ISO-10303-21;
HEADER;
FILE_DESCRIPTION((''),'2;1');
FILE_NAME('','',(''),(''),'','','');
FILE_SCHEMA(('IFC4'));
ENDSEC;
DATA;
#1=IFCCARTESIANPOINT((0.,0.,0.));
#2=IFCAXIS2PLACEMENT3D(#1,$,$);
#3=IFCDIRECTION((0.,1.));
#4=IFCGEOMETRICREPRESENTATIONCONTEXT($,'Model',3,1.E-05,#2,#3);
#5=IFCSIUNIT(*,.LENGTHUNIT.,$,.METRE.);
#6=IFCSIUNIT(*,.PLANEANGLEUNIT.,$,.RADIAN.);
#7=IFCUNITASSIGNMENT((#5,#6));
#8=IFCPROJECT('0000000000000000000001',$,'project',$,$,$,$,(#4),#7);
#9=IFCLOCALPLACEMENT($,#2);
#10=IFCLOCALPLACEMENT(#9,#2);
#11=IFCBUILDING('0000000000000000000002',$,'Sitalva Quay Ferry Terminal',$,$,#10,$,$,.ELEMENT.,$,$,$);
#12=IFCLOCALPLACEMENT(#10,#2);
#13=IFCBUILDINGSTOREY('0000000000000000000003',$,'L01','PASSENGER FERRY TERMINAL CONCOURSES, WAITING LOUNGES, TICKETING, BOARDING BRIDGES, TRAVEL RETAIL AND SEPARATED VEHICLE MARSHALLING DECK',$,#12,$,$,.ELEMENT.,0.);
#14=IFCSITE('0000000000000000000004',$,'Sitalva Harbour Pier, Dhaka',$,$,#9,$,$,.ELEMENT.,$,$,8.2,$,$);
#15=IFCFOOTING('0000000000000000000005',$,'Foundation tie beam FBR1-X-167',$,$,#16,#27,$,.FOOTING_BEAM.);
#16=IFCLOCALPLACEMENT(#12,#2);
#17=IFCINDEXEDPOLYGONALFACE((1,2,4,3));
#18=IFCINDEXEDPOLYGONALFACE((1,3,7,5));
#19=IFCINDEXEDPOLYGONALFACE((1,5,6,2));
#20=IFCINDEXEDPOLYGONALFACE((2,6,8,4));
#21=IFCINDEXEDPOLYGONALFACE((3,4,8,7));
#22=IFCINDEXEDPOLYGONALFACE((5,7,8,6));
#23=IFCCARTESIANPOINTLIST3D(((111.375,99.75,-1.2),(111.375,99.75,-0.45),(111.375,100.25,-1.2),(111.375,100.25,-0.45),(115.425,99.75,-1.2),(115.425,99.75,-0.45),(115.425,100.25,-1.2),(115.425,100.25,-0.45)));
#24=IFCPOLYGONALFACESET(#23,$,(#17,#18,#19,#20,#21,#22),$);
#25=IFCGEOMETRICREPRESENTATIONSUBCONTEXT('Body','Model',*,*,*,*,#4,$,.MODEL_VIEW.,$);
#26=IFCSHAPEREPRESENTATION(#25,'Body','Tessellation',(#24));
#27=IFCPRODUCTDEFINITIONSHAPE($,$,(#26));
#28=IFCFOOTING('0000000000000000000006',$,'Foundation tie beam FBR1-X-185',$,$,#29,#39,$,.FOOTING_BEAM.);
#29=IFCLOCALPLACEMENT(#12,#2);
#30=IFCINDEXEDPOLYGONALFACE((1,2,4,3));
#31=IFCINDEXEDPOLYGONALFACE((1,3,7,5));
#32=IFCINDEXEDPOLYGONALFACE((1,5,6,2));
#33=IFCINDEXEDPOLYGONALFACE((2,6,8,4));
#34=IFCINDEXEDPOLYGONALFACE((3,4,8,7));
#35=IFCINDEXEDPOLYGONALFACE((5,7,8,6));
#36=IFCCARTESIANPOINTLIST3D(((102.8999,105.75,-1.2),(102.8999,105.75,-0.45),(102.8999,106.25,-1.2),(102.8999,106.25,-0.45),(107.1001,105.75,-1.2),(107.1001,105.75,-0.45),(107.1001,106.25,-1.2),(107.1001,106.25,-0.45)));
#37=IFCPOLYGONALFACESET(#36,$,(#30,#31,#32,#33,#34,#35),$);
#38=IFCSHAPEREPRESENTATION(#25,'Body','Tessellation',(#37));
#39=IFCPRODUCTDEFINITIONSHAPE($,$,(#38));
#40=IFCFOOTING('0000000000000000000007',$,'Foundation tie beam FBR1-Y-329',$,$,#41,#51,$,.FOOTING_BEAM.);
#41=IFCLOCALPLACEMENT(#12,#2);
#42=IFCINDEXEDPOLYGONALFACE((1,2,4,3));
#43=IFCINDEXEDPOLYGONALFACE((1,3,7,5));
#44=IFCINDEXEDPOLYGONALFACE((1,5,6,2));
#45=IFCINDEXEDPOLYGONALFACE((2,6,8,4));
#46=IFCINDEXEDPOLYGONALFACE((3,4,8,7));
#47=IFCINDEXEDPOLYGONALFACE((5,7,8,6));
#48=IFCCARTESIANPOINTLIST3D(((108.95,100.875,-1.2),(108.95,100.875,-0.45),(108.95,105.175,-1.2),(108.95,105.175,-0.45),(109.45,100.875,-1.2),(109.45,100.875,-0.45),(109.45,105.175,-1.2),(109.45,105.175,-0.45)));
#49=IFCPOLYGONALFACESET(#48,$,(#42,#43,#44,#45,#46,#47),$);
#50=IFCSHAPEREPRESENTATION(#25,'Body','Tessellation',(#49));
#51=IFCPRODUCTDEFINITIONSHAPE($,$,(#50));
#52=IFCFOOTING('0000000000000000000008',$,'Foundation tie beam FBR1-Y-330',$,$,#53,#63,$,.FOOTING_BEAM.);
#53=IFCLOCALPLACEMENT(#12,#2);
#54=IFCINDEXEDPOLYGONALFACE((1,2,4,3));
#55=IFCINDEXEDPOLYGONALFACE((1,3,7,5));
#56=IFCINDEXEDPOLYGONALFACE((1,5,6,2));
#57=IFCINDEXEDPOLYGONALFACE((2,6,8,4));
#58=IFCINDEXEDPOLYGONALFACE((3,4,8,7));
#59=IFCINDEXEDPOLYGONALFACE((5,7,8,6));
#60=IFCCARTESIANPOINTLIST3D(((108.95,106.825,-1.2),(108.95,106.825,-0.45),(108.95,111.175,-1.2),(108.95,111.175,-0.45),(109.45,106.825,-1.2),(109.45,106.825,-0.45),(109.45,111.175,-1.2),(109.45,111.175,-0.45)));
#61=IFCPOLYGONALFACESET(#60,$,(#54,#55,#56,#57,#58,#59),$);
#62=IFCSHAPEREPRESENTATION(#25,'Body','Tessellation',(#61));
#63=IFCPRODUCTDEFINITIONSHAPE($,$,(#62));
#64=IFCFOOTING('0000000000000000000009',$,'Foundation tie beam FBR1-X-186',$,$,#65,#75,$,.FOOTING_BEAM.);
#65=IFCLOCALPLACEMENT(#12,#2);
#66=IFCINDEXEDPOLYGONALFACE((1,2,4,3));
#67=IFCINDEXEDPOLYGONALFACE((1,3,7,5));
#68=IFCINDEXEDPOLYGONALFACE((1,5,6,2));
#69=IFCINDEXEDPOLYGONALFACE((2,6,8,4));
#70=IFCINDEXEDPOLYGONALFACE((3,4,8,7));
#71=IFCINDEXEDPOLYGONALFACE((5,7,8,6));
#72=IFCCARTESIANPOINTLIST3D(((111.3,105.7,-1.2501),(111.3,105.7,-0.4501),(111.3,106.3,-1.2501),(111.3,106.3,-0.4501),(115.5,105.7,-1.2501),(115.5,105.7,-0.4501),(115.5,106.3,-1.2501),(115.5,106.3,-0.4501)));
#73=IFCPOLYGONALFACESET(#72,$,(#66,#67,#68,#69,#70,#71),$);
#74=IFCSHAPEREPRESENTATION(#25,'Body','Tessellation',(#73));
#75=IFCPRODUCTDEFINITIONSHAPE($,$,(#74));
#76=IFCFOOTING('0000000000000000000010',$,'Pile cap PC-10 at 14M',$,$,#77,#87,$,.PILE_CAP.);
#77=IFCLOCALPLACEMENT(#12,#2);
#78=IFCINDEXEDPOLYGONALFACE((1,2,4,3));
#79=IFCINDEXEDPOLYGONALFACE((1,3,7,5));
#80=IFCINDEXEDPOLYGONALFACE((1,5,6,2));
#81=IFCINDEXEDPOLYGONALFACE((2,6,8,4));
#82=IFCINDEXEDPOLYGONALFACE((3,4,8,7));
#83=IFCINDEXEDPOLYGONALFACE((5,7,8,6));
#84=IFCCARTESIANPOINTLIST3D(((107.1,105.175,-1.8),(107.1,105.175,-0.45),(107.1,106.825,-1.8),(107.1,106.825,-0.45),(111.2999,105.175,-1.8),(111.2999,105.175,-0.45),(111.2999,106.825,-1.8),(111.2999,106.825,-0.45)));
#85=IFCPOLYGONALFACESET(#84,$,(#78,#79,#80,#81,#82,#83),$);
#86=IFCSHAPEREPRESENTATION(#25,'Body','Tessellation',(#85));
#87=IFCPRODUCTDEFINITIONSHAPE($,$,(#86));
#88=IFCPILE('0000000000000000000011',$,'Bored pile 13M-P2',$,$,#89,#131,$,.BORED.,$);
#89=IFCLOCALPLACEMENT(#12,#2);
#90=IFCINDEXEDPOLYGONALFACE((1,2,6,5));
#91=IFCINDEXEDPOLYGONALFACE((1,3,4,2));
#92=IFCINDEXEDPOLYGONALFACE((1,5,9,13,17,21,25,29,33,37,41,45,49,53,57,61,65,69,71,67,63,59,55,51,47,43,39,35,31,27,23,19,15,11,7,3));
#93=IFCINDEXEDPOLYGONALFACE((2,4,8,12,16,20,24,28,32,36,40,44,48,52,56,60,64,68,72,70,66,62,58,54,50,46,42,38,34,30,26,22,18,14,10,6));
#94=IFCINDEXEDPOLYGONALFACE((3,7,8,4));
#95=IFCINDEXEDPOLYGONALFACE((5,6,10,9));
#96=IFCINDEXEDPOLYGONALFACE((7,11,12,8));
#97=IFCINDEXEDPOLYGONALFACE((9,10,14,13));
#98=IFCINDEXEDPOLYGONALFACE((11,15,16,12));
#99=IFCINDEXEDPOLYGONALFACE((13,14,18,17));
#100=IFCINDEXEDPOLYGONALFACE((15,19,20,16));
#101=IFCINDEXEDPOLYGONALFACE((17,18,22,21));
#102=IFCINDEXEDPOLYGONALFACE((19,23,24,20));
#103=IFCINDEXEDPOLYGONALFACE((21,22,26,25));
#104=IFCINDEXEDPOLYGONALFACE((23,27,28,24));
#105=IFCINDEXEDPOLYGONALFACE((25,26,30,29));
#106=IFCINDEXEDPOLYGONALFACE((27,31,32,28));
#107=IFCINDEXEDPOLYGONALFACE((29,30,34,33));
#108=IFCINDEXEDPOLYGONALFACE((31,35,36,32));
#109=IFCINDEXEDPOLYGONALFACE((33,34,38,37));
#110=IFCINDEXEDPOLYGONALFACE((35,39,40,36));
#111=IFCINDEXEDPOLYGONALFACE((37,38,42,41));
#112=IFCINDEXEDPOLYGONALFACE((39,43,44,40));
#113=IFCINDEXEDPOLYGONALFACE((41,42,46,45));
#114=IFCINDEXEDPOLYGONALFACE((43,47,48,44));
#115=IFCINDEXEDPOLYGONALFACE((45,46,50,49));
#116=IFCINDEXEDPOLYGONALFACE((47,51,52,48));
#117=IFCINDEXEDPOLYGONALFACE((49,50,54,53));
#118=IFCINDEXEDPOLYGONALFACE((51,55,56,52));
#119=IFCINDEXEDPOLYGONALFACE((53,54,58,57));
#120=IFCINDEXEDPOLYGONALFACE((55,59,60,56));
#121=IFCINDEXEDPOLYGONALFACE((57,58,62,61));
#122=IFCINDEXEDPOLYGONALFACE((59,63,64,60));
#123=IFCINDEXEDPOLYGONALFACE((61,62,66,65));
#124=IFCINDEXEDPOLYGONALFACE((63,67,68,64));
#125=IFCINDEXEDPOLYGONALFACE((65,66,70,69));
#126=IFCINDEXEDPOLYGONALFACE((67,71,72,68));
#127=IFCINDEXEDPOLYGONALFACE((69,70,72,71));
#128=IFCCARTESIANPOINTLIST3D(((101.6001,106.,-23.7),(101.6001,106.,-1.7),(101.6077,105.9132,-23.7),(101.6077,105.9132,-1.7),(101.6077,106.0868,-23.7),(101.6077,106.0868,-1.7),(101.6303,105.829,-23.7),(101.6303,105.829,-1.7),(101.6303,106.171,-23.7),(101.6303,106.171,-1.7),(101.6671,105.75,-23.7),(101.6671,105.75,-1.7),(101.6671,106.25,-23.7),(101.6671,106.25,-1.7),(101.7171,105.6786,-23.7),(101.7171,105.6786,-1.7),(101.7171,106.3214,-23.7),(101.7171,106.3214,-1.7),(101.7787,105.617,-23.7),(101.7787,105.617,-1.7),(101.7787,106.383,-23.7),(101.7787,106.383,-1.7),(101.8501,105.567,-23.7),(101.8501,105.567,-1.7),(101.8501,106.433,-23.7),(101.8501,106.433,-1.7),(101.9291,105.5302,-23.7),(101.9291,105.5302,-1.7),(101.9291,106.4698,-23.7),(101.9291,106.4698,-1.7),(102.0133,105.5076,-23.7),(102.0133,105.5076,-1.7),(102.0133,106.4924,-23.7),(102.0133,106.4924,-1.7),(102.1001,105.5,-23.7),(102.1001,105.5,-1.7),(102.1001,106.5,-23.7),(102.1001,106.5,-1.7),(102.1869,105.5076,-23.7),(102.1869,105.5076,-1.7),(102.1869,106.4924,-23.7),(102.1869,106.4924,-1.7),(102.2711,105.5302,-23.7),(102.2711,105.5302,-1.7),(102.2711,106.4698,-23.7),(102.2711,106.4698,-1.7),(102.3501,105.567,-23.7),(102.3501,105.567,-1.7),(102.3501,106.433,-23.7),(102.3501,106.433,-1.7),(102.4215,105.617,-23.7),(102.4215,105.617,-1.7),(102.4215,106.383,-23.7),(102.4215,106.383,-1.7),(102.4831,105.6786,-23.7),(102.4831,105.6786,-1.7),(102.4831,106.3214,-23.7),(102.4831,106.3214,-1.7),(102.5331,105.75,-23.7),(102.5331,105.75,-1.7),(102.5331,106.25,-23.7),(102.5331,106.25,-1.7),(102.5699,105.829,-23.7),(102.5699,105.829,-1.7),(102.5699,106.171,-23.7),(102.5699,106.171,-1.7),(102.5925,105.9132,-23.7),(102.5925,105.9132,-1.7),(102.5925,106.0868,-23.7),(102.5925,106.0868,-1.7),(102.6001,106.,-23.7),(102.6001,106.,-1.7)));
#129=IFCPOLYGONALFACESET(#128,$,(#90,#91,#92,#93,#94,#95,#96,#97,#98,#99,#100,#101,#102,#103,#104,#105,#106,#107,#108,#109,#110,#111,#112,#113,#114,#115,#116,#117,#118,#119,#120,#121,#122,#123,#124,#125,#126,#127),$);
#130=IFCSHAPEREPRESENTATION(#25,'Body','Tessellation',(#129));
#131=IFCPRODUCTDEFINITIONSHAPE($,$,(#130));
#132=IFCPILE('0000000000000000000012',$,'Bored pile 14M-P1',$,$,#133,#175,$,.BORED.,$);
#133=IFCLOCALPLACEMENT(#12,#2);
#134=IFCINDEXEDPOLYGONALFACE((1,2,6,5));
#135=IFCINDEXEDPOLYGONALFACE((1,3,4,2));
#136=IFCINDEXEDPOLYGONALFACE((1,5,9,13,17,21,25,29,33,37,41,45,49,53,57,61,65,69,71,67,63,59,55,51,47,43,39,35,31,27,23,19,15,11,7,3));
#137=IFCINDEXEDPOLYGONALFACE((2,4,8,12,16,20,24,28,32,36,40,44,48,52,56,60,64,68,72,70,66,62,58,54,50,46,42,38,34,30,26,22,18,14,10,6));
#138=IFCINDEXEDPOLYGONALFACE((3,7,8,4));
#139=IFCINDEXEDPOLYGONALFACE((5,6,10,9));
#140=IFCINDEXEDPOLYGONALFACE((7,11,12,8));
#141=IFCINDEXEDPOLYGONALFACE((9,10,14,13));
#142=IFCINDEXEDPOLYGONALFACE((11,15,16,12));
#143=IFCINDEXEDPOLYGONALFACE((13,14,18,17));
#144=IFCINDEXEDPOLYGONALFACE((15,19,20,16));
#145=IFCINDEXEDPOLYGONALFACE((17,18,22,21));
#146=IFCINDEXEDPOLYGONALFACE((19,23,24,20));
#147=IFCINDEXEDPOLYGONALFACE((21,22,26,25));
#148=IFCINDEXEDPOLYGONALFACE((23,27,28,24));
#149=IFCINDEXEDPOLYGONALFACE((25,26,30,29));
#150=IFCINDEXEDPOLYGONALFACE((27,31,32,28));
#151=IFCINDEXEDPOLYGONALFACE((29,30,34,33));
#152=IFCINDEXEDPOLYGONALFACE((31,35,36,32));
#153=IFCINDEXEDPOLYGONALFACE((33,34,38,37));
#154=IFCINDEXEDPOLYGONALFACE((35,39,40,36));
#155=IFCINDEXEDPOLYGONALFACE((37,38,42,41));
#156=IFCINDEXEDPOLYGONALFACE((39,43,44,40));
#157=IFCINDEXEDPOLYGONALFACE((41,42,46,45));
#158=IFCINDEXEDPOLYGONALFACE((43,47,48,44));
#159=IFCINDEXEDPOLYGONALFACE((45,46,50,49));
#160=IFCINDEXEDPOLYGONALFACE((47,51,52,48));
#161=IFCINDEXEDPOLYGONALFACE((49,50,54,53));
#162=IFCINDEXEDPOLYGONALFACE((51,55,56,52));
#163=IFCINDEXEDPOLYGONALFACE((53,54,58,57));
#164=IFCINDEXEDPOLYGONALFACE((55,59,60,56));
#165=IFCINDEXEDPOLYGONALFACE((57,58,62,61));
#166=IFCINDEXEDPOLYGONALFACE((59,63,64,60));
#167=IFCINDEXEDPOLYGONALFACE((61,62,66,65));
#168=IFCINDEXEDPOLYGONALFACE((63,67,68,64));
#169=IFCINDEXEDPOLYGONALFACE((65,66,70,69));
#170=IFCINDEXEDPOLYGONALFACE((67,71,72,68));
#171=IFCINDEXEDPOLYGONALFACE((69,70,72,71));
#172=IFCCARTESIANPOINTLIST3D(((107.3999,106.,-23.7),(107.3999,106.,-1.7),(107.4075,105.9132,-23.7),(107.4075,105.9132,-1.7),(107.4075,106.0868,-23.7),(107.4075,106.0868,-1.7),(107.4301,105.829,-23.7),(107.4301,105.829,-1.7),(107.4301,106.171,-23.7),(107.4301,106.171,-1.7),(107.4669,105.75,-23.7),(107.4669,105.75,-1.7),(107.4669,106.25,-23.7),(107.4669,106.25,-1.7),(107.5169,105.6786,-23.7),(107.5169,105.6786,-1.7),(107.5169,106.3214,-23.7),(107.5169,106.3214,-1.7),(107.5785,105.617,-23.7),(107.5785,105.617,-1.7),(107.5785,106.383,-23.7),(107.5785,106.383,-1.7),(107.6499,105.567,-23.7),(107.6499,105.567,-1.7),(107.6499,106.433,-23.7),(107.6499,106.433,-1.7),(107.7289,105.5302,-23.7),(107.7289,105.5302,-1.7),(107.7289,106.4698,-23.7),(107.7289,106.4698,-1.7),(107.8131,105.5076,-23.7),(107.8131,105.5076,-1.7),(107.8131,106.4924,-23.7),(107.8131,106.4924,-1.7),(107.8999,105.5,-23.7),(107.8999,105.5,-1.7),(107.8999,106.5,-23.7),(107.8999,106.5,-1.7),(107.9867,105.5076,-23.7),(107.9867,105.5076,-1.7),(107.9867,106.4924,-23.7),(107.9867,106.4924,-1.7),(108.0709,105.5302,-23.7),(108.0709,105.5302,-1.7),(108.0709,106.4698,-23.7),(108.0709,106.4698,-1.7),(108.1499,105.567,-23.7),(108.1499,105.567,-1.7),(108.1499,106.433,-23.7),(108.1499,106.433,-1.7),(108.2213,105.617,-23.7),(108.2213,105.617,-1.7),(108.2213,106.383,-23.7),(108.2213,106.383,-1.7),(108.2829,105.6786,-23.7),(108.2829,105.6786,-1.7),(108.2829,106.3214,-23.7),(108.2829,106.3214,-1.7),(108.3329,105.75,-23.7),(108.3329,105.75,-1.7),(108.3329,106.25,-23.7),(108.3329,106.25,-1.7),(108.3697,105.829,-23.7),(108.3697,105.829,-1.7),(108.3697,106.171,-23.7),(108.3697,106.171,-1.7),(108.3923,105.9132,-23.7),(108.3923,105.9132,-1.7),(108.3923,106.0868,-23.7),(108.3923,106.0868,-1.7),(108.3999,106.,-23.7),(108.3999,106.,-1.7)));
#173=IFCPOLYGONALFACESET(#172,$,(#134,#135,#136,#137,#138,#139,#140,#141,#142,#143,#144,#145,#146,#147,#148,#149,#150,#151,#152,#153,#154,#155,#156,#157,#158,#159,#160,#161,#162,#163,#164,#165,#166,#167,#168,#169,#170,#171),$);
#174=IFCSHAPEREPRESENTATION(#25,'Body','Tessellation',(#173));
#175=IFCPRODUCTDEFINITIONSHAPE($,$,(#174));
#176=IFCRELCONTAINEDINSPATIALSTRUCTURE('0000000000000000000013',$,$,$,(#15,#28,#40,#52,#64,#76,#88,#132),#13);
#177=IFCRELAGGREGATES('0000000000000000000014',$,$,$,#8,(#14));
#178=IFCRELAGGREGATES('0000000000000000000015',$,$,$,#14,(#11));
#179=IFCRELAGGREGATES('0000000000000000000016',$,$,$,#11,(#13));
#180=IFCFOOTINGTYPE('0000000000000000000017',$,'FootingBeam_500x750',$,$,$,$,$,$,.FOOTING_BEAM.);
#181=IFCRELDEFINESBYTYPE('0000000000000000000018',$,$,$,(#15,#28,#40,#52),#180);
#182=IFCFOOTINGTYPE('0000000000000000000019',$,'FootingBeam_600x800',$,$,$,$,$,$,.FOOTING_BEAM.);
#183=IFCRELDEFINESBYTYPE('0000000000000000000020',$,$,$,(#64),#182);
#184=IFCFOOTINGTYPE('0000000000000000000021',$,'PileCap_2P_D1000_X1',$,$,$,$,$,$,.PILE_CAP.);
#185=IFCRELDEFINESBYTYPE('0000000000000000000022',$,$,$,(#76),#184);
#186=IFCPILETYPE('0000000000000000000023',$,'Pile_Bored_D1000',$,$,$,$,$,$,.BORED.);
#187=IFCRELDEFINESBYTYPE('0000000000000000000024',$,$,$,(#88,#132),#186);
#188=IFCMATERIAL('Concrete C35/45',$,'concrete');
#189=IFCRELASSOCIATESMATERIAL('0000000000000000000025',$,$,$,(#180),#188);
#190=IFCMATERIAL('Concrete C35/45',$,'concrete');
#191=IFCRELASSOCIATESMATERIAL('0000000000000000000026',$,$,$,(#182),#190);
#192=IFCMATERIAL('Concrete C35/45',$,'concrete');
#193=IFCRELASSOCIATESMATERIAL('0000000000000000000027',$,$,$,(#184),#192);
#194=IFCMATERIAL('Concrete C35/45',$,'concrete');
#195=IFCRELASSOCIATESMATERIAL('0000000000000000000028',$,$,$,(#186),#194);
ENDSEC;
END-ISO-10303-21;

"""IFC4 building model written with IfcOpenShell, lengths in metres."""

from ifc_helpers import new_model, si_unit, direction, frame, origin, origin_2d, place, context, subcontext, project, spatial, rectangle, circle, extrude, material, material_profile, profile_set, type_object, element, save


model = new_model("IFC4")

# Units and contexts
model_context = context("Model", 3, precision=1e-05, world=origin(), true_north=direction((0.0, 1.0)))
body_context = subcontext(model_context, "Body", "Model", "MODEL_VIEW")
ifc_project = project(units=[si_unit("LENGTHUNIT", "METRE"), si_unit("PLANEANGLEUNIT", "RADIAN")], contexts=[model_context])

# Site, building, storey
site_placement = place(None, origin())
site = spatial("IfcSite", under=ifc_project, at=site_placement, Name="Sitalva Harbour Pier, Dhaka", CompositionType="ELEMENT", RefElevation=8.2)
building_placement = place(site_placement, origin())
building = spatial("IfcBuilding", under=site, at=building_placement, Name="Sitalva Quay Ferry Terminal", CompositionType="ELEMENT")
storey_placement = place(building_placement, origin())
storey = spatial("IfcBuildingStorey", under=building, at=storey_placement, Name="L01", Description="PASSENGER FERRY TERMINAL CONCOURSES, WAITING LOUNGES, TICKETING, BOARDING BRIDGES, TRAVEL RETAIL AND SEPARATED VEHICLE MARSHALLING DECK", CompositionType="ELEMENT", Elevation=0.0)

# Footings
ifc_material_1 = material(Name="Concrete C35/45", Category="concrete")
ifc_material_profile_1 = material_profile(ifc_material_1, rectangle(XDim=0.5, YDim=0.75, at=origin_2d()), Name="RC500x750")
ifc_profile_set_1 = profile_set([ifc_material_profile_1], Name="Concrete C35/45")
footing_type_1 = type_object("IfcFootingType", Name="FootingBeam_500x750", PredefinedType="FOOTING_BEAM", material=ifc_profile_set_1)
footing_1_placement = place(storey_placement, frame((111.375, 100.0, -0.825), z_axis=(1.0, 0.0, 0.0), x_axis=(0.0, 1.0, 0.0)))
element("IfcFooting", 1, at=footing_1_placement, inside=storey, type_object=footing_type_1, Name="Foundation tie beam FBR1-X-167", PredefinedType="FOOTING_BEAM", context=body_context, shape_type="SweptSolid", body=[
    extrude(rectangle(XDim=0.5, YDim=0.75, at=origin_2d()), origin(), (0.0, 0.0, 1.0), 4.05),
])
footing_2_placement = place(storey_placement, frame((102.8999, 106.0, -0.825), z_axis=(1.0, 0.0, 0.0), x_axis=(0.0, 1.0, 0.0)))
element("IfcFooting", 2, at=footing_2_placement, inside=storey, type_object=footing_type_1, Name="Foundation tie beam FBR1-X-185", PredefinedType="FOOTING_BEAM", context=body_context, shape_type="SweptSolid", body=[
    extrude(rectangle(XDim=0.5, YDim=0.75, at=origin_2d()), origin(), (0.0, 0.0, 1.0), 4.2002),
])
footing_3_placement = place(storey_placement, frame((109.2, 100.875, -0.825), z_axis=(0.0, 1.0, 0.0), x_axis=(-1.0, 0.0, 0.0)))
element("IfcFooting", 3, at=footing_3_placement, inside=storey, type_object=footing_type_1, Name="Foundation tie beam FBR1-Y-329", PredefinedType="FOOTING_BEAM", context=body_context, shape_type="SweptSolid", body=[
    extrude(rectangle(XDim=0.5, YDim=0.75, at=origin_2d()), origin(), (0.0, 0.0, 1.0), 4.3),
])
footing_4_placement = place(storey_placement, frame((109.2, 106.825, -0.825), z_axis=(0.0, 1.0, 0.0), x_axis=(-1.0, 0.0, 0.0)))
element("IfcFooting", 4, at=footing_4_placement, inside=storey, type_object=footing_type_1, Name="Foundation tie beam FBR1-Y-330", PredefinedType="FOOTING_BEAM", context=body_context, shape_type="SweptSolid", body=[
    extrude(rectangle(XDim=0.5, YDim=0.75, at=origin_2d()), origin(), (0.0, 0.0, 1.0), 4.3501),
])
ifc_material_2 = material(Name="Concrete C35/45", Category="concrete")
ifc_material_profile_2 = material_profile(ifc_material_2, rectangle(XDim=0.6001, YDim=0.8, at=origin_2d()), Name="RC600x800")
ifc_profile_set_2 = profile_set([ifc_material_profile_2], Name="Concrete C35/45")
footing_type_2 = type_object("IfcFootingType", Name="FootingBeam_600x800", PredefinedType="FOOTING_BEAM", material=ifc_profile_set_2)
footing_5_placement = place(storey_placement, frame((111.3, 106.0, -0.8501), z_axis=(1.0, 0.0, 0.0), x_axis=(0.0, 1.0, 0.0)))
element("IfcFooting", 5, at=footing_5_placement, inside=storey, type_object=footing_type_2, Name="Foundation tie beam FBR1-X-186", PredefinedType="FOOTING_BEAM", context=body_context, shape_type="SweptSolid", body=[
    extrude(rectangle(XDim=0.6001, YDim=0.8, at=origin_2d()), origin(), (0.0, 0.0, 1.0), 4.2),
])
ifc_material_3 = material(Name="Concrete C35/45", Category="concrete")
footing_type_3 = type_object("IfcFootingType", Name="PileCap_2P_D1000_X1", PredefinedType="PILE_CAP", material=ifc_material_3)
footing_6_placement = place(storey_placement, frame((109.2, 106.0, -1.8), z_axis=(0.0, 0.0, 1.0), x_axis=(1.0, 0.0, 0.0)))
element("IfcFooting", 6, at=footing_6_placement, inside=storey, type_object=footing_type_3, Name="Pile cap PC-10 at 14M", PredefinedType="PILE_CAP", context=body_context, shape_type="SweptSolid", body=[
    extrude(rectangle(XDim=4.2, YDim=1.6499, at=origin_2d()), origin(), (0.0, 0.0, 1.0), 1.3501),
])

# Piles
ifc_material_4 = material(Name="Concrete C35/45", Category="concrete")
ifc_material_profile_3 = material_profile(ifc_material_4, circle(Radius=0.5, at=origin_2d()), Name="PILE-D1000")
ifc_profile_set_3 = profile_set([ifc_material_profile_3], Name="Concrete C35/45")
pile_type = type_object("IfcPileType", Name="Pile_Bored_D1000", PredefinedType="BORED", material=ifc_profile_set_3)
for number, where, z_axis, x_axis, name in (
    (7, (102.1001, 106.0, -1.7), (0.0, 0.0, -1.0), (1.0, 0.0, 0.0), "Bored pile 13M-P2"),
    (8, (107.8999, 106.0, -1.7), (0.0, 0.0, -1.0), (1.0, 0.0, 0.0), "Bored pile 14M-P1"),
):
    element("IfcPile", number, at=place(storey_placement, frame(where, z_axis=z_axis, x_axis=x_axis)), inside=storey, type_object=pile_type, Name=name, PredefinedType="BORED", context=body_context, shape_type="SweptSolid", body=[
        extrude(circle(Radius=0.5, at=origin_2d()), origin(), (0.0, 0.0, 1.0), 22.0),
    ])

save(model, "model.ifc")
